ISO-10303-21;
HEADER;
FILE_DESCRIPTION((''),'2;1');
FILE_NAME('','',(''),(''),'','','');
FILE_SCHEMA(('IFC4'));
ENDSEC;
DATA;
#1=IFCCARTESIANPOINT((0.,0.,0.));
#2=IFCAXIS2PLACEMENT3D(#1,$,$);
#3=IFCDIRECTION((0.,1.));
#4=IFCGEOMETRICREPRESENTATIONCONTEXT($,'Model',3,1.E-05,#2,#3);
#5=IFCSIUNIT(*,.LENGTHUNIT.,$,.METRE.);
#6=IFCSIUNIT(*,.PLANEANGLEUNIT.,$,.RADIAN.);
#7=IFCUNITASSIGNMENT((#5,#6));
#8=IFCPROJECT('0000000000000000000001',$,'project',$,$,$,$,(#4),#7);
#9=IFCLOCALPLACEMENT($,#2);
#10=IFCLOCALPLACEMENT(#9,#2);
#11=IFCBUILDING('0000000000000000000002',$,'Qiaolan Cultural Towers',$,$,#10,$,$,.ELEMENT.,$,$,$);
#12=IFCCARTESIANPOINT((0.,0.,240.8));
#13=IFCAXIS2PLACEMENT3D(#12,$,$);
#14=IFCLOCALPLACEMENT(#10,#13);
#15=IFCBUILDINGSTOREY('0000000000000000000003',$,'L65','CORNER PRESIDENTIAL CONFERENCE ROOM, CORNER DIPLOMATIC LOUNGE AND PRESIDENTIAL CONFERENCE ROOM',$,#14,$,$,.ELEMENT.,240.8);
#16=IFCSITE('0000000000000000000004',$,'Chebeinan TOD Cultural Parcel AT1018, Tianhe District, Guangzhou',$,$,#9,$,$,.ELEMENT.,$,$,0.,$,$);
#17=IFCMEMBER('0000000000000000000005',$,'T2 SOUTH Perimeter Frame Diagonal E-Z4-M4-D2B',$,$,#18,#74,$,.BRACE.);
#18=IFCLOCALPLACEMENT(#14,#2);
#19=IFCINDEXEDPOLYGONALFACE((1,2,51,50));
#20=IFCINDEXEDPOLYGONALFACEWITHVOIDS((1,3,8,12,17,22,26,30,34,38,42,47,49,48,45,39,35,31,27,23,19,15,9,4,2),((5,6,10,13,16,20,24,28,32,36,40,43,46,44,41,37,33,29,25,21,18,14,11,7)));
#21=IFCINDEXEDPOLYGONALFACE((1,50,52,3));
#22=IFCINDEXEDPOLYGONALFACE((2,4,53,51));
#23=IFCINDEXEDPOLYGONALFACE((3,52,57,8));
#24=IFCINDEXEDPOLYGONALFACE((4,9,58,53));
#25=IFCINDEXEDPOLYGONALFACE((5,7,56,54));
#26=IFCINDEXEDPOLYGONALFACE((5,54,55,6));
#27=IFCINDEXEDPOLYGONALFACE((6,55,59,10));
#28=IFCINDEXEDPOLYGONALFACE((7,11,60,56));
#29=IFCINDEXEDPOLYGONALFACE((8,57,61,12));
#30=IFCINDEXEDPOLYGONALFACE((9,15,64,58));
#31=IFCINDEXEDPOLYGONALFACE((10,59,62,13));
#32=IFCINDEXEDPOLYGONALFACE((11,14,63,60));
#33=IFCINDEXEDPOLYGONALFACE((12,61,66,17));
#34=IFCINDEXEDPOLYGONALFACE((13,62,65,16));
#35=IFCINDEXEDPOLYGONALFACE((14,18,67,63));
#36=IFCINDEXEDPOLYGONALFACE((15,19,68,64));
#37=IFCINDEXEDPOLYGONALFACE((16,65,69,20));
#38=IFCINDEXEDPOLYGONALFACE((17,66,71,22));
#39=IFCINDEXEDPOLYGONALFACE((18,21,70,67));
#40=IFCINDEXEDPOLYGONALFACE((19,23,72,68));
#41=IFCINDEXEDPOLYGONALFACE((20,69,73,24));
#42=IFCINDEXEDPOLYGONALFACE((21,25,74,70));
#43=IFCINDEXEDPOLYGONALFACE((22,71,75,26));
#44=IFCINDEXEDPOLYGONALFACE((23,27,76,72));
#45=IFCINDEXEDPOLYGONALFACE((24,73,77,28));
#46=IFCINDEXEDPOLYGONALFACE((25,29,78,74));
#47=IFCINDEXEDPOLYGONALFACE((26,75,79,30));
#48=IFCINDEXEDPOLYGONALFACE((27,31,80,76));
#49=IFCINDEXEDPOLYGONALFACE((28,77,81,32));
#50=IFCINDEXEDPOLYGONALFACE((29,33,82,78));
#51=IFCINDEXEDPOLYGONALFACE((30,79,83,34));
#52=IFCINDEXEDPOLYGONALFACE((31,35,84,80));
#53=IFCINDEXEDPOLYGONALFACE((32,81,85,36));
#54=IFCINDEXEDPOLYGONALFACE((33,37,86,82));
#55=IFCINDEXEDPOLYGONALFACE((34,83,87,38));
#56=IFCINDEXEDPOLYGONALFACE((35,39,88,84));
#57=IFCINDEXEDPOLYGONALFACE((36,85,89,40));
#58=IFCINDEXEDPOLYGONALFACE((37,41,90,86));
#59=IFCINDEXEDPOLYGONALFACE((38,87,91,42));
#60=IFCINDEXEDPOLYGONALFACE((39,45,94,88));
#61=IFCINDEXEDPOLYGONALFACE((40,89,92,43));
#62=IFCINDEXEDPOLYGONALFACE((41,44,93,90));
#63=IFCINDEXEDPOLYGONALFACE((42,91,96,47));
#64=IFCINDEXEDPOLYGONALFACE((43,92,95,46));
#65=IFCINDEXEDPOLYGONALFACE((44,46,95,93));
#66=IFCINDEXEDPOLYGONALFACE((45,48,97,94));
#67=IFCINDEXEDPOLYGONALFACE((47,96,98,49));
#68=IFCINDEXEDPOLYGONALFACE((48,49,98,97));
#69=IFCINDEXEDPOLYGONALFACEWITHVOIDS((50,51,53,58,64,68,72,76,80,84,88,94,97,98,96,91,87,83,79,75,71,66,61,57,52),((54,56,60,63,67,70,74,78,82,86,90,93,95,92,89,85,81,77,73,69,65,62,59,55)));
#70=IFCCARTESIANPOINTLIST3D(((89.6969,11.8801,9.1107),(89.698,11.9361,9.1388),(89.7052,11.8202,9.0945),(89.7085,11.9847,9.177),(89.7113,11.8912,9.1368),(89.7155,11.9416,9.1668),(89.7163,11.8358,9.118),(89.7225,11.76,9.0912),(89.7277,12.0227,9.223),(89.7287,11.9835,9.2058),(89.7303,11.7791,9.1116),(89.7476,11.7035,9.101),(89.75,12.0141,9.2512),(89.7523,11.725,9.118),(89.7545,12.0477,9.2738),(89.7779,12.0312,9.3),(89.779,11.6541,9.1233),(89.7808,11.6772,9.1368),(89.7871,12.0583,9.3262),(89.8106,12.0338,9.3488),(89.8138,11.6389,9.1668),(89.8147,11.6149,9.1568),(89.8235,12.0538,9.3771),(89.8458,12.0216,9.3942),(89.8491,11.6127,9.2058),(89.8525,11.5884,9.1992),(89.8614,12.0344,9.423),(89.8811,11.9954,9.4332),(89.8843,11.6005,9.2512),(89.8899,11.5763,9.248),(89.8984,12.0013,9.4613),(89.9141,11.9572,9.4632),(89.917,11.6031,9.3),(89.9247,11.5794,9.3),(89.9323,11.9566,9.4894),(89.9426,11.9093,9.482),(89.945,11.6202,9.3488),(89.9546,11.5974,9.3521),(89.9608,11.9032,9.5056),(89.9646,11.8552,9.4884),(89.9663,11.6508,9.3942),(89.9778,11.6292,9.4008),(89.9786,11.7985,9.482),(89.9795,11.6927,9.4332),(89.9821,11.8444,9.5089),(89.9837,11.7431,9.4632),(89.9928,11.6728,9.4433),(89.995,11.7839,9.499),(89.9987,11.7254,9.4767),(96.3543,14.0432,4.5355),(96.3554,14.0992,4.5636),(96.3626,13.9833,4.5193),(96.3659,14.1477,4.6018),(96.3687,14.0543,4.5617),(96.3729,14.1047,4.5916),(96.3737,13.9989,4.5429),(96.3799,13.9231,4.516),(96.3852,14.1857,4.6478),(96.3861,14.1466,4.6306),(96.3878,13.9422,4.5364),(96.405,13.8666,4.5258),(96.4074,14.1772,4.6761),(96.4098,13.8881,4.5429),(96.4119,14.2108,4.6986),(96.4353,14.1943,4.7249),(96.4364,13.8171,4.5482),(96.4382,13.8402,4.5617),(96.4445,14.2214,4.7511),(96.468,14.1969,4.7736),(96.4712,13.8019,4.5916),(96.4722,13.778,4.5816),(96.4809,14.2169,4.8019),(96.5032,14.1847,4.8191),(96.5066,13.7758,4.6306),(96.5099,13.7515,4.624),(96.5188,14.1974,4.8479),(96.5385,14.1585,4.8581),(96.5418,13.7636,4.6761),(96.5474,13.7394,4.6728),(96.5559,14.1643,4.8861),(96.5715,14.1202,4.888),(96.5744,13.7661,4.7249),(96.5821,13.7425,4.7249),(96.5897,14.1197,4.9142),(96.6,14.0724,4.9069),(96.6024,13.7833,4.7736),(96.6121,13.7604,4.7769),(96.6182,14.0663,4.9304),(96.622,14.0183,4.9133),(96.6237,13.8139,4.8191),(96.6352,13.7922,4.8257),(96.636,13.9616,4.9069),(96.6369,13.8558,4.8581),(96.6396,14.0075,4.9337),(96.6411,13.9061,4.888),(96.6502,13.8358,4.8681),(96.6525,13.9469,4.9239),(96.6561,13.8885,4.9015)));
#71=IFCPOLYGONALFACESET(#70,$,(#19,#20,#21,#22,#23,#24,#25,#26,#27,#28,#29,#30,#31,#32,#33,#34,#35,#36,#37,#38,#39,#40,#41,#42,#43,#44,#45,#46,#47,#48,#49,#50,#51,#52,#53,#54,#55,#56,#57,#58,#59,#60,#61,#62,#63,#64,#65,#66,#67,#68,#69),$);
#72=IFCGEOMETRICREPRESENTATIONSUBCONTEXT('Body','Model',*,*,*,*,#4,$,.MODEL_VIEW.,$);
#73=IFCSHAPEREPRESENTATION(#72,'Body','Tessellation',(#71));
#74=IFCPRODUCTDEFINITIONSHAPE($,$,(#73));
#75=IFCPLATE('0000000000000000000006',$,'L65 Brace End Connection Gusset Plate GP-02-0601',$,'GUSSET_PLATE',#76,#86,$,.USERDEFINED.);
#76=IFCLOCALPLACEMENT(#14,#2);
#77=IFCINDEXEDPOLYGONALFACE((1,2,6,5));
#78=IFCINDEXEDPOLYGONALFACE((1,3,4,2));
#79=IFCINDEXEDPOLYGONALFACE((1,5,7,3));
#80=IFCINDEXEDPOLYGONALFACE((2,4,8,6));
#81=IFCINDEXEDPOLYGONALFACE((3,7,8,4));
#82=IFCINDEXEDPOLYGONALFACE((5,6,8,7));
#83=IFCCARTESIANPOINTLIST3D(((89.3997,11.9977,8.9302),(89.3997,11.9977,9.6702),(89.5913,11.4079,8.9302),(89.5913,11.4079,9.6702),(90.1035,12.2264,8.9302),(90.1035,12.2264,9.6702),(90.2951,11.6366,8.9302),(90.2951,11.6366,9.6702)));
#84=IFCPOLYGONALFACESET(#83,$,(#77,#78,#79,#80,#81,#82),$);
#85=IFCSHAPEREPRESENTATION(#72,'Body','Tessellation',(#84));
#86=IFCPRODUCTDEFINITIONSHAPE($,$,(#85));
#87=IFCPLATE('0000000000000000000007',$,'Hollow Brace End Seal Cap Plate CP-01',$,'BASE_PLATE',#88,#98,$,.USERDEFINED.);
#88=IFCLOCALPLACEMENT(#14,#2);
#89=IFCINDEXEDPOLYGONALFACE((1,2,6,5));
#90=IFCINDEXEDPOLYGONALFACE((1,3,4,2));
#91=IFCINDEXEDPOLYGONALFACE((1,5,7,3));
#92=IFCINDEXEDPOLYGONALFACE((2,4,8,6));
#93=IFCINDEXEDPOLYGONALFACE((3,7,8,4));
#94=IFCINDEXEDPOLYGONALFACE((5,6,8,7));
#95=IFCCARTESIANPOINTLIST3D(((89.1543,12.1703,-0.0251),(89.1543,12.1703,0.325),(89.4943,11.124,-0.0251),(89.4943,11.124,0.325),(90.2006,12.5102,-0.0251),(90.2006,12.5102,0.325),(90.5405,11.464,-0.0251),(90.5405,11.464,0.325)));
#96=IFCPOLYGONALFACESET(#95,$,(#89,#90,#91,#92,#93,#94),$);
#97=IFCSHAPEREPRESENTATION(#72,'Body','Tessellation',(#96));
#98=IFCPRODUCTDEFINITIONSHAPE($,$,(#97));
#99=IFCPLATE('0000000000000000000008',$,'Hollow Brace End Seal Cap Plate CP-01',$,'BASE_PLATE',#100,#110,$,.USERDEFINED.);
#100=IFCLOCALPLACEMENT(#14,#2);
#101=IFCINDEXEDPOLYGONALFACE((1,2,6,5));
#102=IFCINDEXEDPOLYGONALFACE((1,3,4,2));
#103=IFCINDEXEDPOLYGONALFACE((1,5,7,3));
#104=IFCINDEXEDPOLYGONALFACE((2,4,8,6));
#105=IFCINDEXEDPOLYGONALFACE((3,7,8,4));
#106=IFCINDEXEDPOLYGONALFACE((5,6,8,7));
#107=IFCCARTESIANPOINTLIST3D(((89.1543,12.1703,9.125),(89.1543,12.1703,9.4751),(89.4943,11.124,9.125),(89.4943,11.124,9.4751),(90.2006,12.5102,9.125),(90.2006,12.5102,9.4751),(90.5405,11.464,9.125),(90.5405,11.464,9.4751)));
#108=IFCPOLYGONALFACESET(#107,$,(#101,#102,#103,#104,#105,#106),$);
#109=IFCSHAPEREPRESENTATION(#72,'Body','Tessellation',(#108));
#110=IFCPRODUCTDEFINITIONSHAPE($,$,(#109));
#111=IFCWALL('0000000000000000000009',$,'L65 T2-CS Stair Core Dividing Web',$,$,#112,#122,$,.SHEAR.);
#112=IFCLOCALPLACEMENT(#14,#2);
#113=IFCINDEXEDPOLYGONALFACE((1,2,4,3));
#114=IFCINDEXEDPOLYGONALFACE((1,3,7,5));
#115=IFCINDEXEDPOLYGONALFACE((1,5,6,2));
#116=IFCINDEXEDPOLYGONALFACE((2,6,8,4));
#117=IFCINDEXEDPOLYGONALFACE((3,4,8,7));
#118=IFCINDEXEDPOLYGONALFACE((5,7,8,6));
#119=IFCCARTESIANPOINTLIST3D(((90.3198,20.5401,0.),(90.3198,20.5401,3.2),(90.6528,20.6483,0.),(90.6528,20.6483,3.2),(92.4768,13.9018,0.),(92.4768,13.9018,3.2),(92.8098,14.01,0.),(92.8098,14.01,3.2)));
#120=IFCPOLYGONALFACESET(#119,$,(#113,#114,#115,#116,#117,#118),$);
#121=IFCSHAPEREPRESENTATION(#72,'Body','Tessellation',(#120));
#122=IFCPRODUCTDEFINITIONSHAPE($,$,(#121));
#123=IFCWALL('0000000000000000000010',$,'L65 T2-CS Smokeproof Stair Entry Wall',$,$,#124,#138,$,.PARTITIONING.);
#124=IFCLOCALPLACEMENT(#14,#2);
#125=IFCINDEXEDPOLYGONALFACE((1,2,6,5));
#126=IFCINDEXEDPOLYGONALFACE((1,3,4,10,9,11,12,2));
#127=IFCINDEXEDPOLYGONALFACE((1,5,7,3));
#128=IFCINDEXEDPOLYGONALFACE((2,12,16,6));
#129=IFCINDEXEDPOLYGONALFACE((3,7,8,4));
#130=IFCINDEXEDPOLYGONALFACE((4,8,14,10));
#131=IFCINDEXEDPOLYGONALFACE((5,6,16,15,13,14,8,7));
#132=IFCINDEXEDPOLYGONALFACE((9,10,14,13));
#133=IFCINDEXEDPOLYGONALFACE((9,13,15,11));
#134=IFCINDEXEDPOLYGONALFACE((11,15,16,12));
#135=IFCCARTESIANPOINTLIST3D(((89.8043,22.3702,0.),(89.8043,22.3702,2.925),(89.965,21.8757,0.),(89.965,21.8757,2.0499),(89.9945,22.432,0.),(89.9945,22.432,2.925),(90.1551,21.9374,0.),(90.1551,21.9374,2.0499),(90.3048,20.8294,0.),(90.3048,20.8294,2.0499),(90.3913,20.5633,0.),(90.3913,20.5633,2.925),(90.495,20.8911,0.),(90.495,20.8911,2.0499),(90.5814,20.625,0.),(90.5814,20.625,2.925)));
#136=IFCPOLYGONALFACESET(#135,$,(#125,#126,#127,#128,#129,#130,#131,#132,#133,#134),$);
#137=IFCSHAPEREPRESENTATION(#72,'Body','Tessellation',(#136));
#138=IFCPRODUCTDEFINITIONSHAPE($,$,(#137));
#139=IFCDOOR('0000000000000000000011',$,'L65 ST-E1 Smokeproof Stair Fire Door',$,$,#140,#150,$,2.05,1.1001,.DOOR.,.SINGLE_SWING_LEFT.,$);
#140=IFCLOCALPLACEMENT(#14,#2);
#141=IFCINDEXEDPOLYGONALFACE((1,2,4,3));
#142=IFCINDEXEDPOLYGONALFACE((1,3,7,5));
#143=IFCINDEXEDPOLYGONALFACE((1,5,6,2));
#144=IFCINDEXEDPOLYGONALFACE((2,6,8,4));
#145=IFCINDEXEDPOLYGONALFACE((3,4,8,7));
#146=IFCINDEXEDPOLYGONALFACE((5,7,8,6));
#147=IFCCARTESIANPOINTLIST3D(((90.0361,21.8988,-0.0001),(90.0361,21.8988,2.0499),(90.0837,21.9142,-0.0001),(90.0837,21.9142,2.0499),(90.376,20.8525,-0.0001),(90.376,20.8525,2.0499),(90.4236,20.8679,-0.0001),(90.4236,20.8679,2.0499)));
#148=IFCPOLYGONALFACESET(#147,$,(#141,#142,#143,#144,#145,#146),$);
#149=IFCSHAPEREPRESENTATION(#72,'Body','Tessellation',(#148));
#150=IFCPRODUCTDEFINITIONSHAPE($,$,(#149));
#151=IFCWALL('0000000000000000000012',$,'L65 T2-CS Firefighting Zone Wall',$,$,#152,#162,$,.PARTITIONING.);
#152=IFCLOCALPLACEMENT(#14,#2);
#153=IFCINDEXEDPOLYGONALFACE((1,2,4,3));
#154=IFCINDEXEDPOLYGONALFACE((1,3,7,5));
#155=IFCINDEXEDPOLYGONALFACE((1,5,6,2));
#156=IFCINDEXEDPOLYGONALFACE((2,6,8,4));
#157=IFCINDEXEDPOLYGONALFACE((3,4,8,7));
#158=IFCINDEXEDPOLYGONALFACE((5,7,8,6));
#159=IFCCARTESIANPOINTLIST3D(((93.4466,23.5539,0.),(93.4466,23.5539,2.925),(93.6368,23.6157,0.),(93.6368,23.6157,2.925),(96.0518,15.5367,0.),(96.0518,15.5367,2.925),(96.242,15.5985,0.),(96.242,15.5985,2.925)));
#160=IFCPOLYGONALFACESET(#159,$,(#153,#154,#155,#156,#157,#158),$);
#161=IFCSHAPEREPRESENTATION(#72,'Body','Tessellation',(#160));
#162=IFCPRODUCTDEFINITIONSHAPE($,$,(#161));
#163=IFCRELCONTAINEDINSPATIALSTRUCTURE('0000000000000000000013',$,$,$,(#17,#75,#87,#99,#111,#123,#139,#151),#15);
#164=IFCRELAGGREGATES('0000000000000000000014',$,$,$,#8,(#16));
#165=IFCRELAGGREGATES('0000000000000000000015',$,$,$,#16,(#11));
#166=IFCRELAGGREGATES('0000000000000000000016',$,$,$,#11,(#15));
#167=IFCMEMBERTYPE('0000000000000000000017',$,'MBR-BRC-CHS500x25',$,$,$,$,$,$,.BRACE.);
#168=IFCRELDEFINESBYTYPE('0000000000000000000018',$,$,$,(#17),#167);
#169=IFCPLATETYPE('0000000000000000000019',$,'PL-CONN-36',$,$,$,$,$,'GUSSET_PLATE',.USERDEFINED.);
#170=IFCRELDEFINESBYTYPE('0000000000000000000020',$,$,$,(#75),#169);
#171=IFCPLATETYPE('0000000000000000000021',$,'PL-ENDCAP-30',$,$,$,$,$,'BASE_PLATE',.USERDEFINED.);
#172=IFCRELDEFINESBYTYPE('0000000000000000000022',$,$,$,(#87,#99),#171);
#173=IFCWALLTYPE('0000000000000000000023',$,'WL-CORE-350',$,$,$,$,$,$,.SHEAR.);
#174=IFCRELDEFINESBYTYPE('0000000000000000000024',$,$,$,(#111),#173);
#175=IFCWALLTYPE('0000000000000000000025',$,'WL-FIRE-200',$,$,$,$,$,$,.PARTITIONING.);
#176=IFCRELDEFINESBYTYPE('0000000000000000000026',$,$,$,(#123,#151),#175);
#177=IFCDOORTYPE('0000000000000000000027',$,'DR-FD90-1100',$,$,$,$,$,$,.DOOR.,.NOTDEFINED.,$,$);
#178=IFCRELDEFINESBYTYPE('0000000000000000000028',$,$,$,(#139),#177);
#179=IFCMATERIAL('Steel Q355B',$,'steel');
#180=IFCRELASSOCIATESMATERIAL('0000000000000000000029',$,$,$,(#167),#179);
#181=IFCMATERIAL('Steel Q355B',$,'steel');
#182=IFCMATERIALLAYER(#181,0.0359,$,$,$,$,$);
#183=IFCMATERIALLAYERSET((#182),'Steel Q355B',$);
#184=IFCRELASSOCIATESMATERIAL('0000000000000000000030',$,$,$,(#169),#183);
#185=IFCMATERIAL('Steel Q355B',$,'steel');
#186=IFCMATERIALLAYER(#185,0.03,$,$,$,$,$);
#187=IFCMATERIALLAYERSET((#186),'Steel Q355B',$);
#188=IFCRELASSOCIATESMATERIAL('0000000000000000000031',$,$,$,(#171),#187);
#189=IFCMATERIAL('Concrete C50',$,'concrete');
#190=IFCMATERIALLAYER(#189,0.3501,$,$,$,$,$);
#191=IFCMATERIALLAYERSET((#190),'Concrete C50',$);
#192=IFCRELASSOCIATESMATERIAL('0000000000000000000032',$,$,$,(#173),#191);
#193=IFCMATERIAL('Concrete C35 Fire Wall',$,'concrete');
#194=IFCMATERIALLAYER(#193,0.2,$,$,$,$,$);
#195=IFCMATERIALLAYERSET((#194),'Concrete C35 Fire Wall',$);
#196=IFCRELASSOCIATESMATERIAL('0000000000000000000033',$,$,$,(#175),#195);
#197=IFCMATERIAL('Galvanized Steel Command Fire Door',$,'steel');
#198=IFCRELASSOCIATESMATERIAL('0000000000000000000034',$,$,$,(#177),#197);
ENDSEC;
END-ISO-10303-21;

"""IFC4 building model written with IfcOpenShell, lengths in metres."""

from ifc_helpers import new_model, si_unit, direction, frame, frame_2d, origin, origin_2d, place, context, subcontext, project, spatial, rectangle, hollow_circle, extrude, material, layer, layer_set, material_profile, profile_set, type_object, element, fill, save


model = new_model("IFC4")

# Units and contexts
model_context = context("Model", 3, precision=1e-05, world=origin(), true_north=direction((0.0, 1.0)))
body_context = subcontext(model_context, "Body", "Model", "MODEL_VIEW")
ifc_project = project(units=[si_unit("LENGTHUNIT", "METRE"), si_unit("PLANEANGLEUNIT", "RADIAN")], contexts=[model_context])

# Site, building, storey
site_placement = place(None, origin())
site = spatial("IfcSite", under=ifc_project, at=site_placement, Name="Chebeinan TOD Cultural Parcel AT1018, Tianhe District, Guangzhou", CompositionType="ELEMENT", RefElevation=0.0)
building_placement = place(site_placement, origin())
building = spatial("IfcBuilding", under=site, at=building_placement, Name="Qiaolan Cultural Towers", CompositionType="ELEMENT")
storey_placement = place(building_placement, frame((0.0, 0.0, 240.8)))
storey = spatial("IfcBuildingStorey", under=building, at=storey_placement, Name="L65", Description="CORNER PRESIDENTIAL CONFERENCE ROOM, CORNER DIPLOMATIC LOUNGE AND PRESIDENTIAL CONFERENCE ROOM", CompositionType="ELEMENT", Elevation=240.8)

# Member
ifc_material_1 = material(Name="Steel Q355B", Category="steel")
ifc_material_profile_1 = material_profile(ifc_material_1, hollow_circle(Radius=0.25, WallThickness=0.0249, at=origin_2d()), Name="CHS500x25")
ifc_profile_set_1 = profile_set([ifc_material_profile_1], Name="Steel Q355B")
member_type = type_object("IfcMemberType", Name="MBR-BRC-CHS500x25", PredefinedType="BRACE", material=ifc_profile_set_1)
member_1_placement = place(storey_placement, frame((96.5049, 13.9802, 4.7249), z_axis=(-0.796099, -0.258662, 0.547101), x_axis=(0.30901, -0.951059, 0.0)))
element("IfcMember", 1, at=member_1_placement, inside=storey, type_object=member_type, Name="T2 SOUTH Perimeter Frame Diagonal E-Z4-M4-D2B", PredefinedType="BRACE", context=body_context, shape_type="SweptSolid", body=[
    extrude(hollow_circle(Radius=0.25, WallThickness=0.0249, at=origin_2d()), origin(), (0.0, 0.0, 1.0), 8.3625),
])

# Plates
ifc_material_2 = material(Name="Steel Q355B", Category="steel")
ifc_layer_1 = layer(ifc_material_2, 0.0359)
ifc_layer_set_1 = layer_set([ifc_layer_1], Name="Steel Q355B")
plate_type_1 = type_object("IfcPlateType", Name="PL-CONN-36", ElementType="GUSSET_PLATE", PredefinedType="USERDEFINED", material=ifc_layer_set_1)
plate_placement = place(storey_placement, frame((89.8474, 11.8171, 8.9302), z_axis=(0.0, 0.0, 1.0), x_axis=(0.951057, 0.309017, 0.0)))
element("IfcPlate", 2, at=plate_placement, inside=storey, type_object=plate_type_1, Name="L65 Brace End Connection Gusset Plate GP-02-0601", ObjectType="GUSSET_PLATE", PredefinedType="USERDEFINED", context=body_context, shape_type="SweptSolid", body=[
    extrude(rectangle(XDim=0.74, YDim=0.6201, at=origin_2d()), origin(), (0.0, 0.0, 1.0), 0.74),
])
ifc_material_3 = material(Name="Steel Q355B", Category="steel")
ifc_layer_2 = layer(ifc_material_3, 0.03)
ifc_layer_set_2 = layer_set([ifc_layer_2], Name="Steel Q355B")
plate_type_2 = type_object("IfcPlateType", Name="PL-ENDCAP-30", ElementType="BASE_PLATE", PredefinedType="USERDEFINED", material=ifc_layer_set_2)
for number, where, z_axis, x_axis, name in (
    (3, (89.8474, 11.8171, -0.0251), (0.0, 0.0, 1.0), (0.951057, 0.309017, 0.0), "Hollow Brace End Seal Cap Plate CP-01"),
    (4, (89.8474, 11.8171, 9.125), (0.0, 0.0, 1.0), (0.951057, 0.309017, 0.0), "Hollow Brace End Seal Cap Plate CP-01"),
):
    element("IfcPlate", number, at=place(storey_placement, frame(where, z_axis=z_axis, x_axis=x_axis)), inside=storey, type_object=plate_type_2, Name=name, ObjectType="BASE_PLATE", PredefinedType="USERDEFINED", context=body_context, shape_type="SweptSolid", body=[
        extrude(rectangle(XDim=1.1001, YDim=1.1001, at=origin_2d()), origin(), (0.0, 0.0, 1.0), 0.3501),
    ])

# Wall
ifc_material_4 = material(Name="Concrete C50", Category="concrete")
ifc_layer_3 = layer(ifc_material_4, 0.3501)
ifc_layer_set_3 = layer_set([ifc_layer_3], Name="Concrete C50")
wall_type_1 = type_object("IfcWallType", Name="WL-CORE-350", PredefinedType="SHEAR", material=ifc_layer_set_3)
wall_1_placement = place(storey_placement, frame((90.4863, 20.5942, 0.0), z_axis=(0.0, 0.0, 1.0), x_axis=(0.30902, -0.951055, 0.0)))
element("IfcWall", 5, at=wall_1_placement, inside=storey, type_object=wall_type_1, Name="L65 T2-CS Stair Core Dividing Web", PredefinedType="SHEAR", context=body_context, shape_type="SweptSolid", body=[
    extrude(rectangle(XDim=6.98, YDim=0.3501, at=frame_2d((3.49, 0.0))), origin(), (0.0, 0.0, 1.0), 3.2),
])

# Wall, opening, door
ifc_material_5 = material(Name="Concrete C35 Fire Wall", Category="concrete")
ifc_layer_4 = layer(ifc_material_5, 0.2)
ifc_layer_set_4 = layer_set([ifc_layer_4], Name="Concrete C35 Fire Wall")
wall_type_2 = type_object("IfcWallType", Name="WL-FIRE-200", PredefinedType="PARTITIONING", material=ifc_layer_set_4)
wall_2_placement = place(storey_placement, frame((89.8994, 22.4011, 0.0), z_axis=(0.0, 0.0, 1.0), x_axis=(0.308932, -0.951084, 0.0)))
wall_2 = element("IfcWall", 6, at=wall_2_placement, inside=storey, type_object=wall_type_2, Name="L65 T2-CS Smokeproof Stair Entry Wall", PredefinedType="PARTITIONING", context=body_context, shape_type="SweptSolid", body=[
    extrude(rectangle(XDim=1.8999, YDim=0.2, at=frame_2d((0.95, 0.0))), origin(), (0.0, 0.0, 1.0), 2.925),
])
opening_1_placement = place(wall_2_placement, frame((0.52, 0.0, 0.0)))
opening_1 = element("IfcOpeningElement", 7, at=opening_1_placement, cuts=wall_2, PredefinedType="OPENING", context=body_context, shape_type="SweptSolid", body=[
    extrude(rectangle(XDim=1.1001, YDim=2.05, at=frame_2d((0.55, 1.0249))), frame((0.0, 0.1099, 0.0), z_axis=(0.0, -1.0, 0.0), x_axis=(1.0, 0.0, 0.0)), (0.0, 0.0, 1.0), 0.22),
])
ifc_material_6 = material(Name="Galvanized Steel Command Fire Door", Category="steel")
door_type_1 = type_object("IfcDoorType", Name="DR-FD90-1100", OperationType="NOTDEFINED", PredefinedType="DOOR", material=ifc_material_6)
door_1_placement = place(opening_1_placement, origin())
door_1 = element("IfcDoor", 8, at=door_1_placement, inside=storey, type_object=door_type_1, Name="L65 ST-E1 Smokeproof Stair Fire Door", OperationType="SINGLE_SWING_LEFT", OverallHeight=2.05, OverallWidth=1.1001, PredefinedType="DOOR", context=body_context, shape_type="SweptSolid", body=[
    extrude(rectangle(XDim=1.1001, YDim=2.05, at=frame_2d((0.55, 1.0249))), frame((0.0, 0.0249, 0.0), z_axis=(0.0, -1.0, 0.0), x_axis=(1.0, 0.0, 0.0)), (0.0, 0.0, 1.0), 0.05),
])
fill(opening_1, door_1)

# Wall
wall_3_placement = place(storey_placement, frame((93.5417, 23.5847, 0.0), z_axis=(0.0, 0.0, 1.0), x_axis=(0.309042, -0.951048, 0.0)))
element("IfcWall", 9, at=wall_3_placement, inside=storey, type_object=wall_type_2, Name="L65 T2-CS Firefighting Zone Wall", PredefinedType="PARTITIONING", context=body_context, shape_type="SweptSolid", body=[
    extrude(rectangle(XDim=8.4299, YDim=0.2, at=frame_2d((4.2148, 0.0))), origin(), (0.0, 0.0, 1.0), 2.925),
])

save(model, "model.ifc")
